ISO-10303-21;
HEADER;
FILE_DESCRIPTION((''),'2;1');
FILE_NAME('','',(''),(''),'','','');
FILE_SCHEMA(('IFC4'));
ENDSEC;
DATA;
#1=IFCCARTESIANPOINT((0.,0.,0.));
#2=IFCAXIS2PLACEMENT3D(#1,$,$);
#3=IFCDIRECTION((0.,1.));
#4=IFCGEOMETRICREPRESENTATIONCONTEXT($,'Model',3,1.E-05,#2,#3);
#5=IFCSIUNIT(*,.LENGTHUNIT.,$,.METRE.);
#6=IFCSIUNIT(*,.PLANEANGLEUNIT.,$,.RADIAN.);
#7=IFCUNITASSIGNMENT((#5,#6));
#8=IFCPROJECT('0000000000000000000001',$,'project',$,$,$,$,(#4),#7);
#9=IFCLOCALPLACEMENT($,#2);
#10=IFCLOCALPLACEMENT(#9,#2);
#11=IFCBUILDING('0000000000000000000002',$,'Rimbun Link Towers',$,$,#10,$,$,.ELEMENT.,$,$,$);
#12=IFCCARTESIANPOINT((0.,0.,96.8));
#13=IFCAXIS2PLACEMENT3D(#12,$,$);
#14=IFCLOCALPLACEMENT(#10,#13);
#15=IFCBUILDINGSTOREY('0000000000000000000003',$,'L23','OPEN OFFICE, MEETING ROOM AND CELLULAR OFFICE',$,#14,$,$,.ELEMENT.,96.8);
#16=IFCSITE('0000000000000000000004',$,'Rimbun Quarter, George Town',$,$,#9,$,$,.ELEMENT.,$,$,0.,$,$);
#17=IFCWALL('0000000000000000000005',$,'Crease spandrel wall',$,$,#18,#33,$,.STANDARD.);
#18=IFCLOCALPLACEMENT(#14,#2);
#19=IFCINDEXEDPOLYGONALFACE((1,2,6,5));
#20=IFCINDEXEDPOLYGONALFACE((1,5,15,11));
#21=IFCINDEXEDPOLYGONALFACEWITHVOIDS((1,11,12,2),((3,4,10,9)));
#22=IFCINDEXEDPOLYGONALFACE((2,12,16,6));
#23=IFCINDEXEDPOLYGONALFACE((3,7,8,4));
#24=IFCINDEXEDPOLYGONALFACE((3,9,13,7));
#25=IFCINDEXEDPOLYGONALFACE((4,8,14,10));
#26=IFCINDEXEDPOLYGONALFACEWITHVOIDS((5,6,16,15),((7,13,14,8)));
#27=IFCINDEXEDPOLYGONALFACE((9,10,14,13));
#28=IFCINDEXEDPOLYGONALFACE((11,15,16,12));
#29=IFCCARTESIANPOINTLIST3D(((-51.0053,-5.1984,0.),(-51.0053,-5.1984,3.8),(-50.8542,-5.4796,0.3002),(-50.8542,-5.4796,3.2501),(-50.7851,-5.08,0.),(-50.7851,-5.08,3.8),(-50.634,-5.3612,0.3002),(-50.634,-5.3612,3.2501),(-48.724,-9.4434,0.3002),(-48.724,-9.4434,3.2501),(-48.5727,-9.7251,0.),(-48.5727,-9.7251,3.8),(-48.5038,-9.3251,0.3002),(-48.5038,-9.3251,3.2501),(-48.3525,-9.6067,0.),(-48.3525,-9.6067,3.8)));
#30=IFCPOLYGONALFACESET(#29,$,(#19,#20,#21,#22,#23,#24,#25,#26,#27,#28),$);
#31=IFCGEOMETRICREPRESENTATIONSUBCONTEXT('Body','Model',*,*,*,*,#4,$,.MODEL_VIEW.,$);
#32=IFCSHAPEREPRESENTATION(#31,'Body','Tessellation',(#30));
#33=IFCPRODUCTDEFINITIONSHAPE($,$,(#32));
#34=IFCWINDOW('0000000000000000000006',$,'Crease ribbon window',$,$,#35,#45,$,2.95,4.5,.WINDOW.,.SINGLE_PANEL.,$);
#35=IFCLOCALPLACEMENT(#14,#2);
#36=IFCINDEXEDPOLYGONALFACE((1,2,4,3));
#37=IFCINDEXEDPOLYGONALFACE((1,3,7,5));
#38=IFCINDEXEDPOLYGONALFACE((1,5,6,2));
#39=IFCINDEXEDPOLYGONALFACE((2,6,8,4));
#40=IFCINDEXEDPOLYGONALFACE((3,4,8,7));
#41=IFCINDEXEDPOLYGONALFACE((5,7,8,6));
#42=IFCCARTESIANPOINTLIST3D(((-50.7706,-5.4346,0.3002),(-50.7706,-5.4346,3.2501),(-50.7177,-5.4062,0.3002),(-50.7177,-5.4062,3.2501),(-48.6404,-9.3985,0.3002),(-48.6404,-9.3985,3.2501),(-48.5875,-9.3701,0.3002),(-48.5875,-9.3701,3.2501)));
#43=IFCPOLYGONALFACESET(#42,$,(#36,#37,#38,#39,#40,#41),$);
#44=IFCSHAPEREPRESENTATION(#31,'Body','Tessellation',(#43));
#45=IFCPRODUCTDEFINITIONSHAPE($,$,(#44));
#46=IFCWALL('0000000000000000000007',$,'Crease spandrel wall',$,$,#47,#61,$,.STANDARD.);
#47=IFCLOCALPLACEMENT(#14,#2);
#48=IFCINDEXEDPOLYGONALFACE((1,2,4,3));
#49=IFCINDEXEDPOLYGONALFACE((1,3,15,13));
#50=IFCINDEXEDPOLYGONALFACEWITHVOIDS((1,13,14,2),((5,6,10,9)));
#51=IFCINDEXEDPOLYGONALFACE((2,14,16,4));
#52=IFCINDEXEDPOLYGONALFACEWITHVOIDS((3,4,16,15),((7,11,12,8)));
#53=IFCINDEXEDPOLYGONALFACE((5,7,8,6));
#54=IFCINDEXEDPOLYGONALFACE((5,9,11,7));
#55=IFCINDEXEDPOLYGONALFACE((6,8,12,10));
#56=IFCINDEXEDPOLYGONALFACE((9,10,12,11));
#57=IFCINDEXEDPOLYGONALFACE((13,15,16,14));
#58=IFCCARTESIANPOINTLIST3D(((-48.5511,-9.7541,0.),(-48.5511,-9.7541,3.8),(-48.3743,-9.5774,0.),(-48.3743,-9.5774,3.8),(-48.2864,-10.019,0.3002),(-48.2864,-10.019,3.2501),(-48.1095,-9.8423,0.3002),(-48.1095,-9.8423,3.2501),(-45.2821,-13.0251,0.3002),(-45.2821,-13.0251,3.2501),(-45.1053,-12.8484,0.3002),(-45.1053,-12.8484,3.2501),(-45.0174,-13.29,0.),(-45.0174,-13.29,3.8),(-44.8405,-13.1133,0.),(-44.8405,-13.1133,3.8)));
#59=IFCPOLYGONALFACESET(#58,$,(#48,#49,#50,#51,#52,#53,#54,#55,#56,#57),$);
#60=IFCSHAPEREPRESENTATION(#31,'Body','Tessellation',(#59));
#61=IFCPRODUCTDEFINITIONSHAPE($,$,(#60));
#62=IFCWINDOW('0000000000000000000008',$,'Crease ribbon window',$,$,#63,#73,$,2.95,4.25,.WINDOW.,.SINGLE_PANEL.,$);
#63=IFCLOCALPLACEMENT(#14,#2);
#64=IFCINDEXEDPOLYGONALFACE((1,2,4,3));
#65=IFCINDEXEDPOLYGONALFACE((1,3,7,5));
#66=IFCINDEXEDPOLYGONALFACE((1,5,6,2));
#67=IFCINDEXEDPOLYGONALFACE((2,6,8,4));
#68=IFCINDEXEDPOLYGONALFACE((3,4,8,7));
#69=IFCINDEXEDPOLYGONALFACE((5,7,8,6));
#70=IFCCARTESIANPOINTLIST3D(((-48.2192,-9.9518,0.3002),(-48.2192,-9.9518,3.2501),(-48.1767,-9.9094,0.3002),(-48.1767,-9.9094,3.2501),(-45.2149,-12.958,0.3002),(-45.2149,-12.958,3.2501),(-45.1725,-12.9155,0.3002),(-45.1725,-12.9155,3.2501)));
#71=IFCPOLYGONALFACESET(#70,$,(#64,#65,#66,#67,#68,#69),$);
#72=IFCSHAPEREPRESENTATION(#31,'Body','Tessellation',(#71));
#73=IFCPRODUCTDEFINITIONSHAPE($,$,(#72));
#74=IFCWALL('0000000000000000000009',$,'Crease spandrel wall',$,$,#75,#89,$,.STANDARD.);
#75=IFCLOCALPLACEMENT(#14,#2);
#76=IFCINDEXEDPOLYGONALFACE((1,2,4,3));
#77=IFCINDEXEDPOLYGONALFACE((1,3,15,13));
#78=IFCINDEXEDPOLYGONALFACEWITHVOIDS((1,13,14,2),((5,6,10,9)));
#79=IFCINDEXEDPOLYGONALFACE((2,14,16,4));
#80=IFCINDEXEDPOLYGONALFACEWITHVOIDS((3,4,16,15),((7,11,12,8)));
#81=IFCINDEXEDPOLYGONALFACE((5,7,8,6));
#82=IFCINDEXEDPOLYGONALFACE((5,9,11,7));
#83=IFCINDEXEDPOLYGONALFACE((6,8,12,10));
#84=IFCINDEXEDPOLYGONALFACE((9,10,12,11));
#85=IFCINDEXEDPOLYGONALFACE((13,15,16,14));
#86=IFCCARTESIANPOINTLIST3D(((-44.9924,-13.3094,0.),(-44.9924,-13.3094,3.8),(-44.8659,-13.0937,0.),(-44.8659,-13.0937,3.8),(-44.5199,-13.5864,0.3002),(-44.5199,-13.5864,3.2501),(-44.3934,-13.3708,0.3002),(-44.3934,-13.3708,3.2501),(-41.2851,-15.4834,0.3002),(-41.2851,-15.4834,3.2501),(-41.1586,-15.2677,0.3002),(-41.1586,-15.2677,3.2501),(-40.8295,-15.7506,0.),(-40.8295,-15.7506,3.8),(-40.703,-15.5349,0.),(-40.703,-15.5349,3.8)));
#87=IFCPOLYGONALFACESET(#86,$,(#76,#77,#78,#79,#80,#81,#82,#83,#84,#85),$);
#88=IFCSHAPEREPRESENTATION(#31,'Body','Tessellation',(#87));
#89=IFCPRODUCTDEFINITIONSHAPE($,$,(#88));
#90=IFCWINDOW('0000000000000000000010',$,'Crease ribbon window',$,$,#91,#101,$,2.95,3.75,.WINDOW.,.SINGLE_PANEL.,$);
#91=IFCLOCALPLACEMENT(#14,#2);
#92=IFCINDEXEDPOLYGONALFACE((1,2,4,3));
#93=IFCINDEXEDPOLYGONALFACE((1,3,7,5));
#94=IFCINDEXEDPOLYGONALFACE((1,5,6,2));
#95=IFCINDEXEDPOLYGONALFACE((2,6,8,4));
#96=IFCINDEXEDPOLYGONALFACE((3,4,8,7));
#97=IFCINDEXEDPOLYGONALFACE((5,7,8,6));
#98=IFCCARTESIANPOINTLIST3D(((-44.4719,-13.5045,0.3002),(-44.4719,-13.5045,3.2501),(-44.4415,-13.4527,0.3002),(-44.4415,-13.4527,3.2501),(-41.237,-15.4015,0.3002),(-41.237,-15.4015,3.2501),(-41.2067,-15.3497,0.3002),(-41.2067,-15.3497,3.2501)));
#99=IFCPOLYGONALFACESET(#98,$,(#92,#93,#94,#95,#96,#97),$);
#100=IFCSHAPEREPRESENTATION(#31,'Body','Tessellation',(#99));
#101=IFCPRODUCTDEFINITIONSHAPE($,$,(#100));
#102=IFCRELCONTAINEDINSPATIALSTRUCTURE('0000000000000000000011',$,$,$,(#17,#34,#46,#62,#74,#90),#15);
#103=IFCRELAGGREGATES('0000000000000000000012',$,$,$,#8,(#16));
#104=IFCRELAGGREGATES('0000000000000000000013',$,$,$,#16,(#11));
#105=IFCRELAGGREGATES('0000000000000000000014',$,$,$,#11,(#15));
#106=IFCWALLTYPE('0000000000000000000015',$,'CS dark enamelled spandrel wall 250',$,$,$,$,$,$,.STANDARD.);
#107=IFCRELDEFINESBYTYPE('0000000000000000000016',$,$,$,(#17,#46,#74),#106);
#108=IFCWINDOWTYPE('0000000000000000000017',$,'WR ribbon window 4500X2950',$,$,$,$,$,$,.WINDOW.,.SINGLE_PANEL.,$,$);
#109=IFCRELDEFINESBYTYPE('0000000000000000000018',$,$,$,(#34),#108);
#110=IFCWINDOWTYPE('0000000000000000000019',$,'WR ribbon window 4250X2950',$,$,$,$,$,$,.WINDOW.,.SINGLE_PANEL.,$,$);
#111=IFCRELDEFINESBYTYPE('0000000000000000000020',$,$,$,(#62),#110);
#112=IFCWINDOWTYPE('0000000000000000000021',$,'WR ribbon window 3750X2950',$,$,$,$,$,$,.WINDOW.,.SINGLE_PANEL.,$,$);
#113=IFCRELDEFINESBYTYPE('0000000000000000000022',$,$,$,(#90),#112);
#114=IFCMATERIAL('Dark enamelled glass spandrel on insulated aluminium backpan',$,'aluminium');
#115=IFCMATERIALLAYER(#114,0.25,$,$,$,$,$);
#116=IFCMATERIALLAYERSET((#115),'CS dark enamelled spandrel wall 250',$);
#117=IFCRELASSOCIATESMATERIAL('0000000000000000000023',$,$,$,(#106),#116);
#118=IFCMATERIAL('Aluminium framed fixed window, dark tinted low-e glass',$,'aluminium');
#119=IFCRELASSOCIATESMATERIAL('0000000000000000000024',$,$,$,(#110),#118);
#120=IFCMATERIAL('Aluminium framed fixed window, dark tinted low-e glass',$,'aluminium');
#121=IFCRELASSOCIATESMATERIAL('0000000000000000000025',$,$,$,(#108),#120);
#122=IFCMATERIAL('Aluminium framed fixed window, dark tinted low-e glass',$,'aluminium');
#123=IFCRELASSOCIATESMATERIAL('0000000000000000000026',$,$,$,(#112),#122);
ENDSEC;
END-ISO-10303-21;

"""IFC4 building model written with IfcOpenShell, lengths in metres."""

from ifc_helpers import new_model, si_unit, direction, frame, frame_2d, origin, place, context, subcontext, project, spatial, rectangle, extrude, material, layer, layer_set, type_object, element, fill, save


model = new_model("IFC4")

# Units and contexts
model_context = context("Model", 3, precision=1e-05, world=origin(), true_north=direction((0.0, 1.0)))
body_context = subcontext(model_context, "Body", "Model", "MODEL_VIEW")
ifc_project = project(units=[si_unit("LENGTHUNIT", "METRE"), si_unit("PLANEANGLEUNIT", "RADIAN")], contexts=[model_context])

# Site, building, storey
site_placement = place(None, origin())
site = spatial("IfcSite", under=ifc_project, at=site_placement, Name="Rimbun Quarter, George Town", CompositionType="ELEMENT", RefElevation=0.0)
building_placement = place(site_placement, origin())
building = spatial("IfcBuilding", under=site, at=building_placement, Name="Rimbun Link Towers", CompositionType="ELEMENT")
storey_placement = place(building_placement, frame((0.0, 0.0, 96.8)))
storey = spatial("IfcBuildingStorey", under=building, at=storey_placement, Name="L23", Description="OPEN OFFICE, MEETING ROOM AND CELLULAR OFFICE", CompositionType="ELEMENT", Elevation=96.8)

# Walls, openings, windows
ifc_material_1 = material(Name="Dark enamelled glass spandrel on insulated aluminium backpan", Category="aluminium")
ifc_layer_1 = layer(ifc_material_1, 0.25)
ifc_layer_set_1 = layer_set([ifc_layer_1], Name="CS dark enamelled spandrel wall 250")
wall_type_1 = type_object("IfcWallType", Name="CS dark enamelled spandrel wall 250", PredefinedType="STANDARD", material=ifc_layer_set_1)
ifc_material_2 = material(Name="Aluminium framed fixed window, dark tinted low-e glass", Category="aluminium")
window_type_1 = type_object("IfcWindowType", Name="WR ribbon window 4250X2950", PartitioningType="SINGLE_PANEL", PredefinedType="WINDOW", material=ifc_material_2)
wall_1_placement = place(storey_placement, frame((-48.4626, -9.6658, 0.0), z_axis=(0.0, 0.0, 1.0), x_axis=(-0.473377, 0.88086, 0.0)))
wall_1 = element("IfcWall", 1, at=wall_1_placement, inside=storey, type_object=wall_type_1, Name="Crease spandrel wall", PredefinedType="STANDARD", context=body_context, shape_type="SweptSolid", body=[
    extrude(rectangle(XDim=5.1389, YDim=0.25, at=frame_2d((2.5693, 0.0))), origin(), (0.0, 0.0, 1.0), 3.8),
])
opening_1_placement = place(wall_1_placement, frame((0.3196, 0.0, 0.3)))
opening_1 = element("IfcOpeningElement", 2, at=opening_1_placement, cuts=wall_1, PredefinedType="OPENING", context=body_context, shape_type="SweptSolid", body=[
    extrude(rectangle(XDim=4.5, YDim=2.95, at=frame_2d((2.25, 1.4751))), frame((0.0, 0.135, 0.0), z_axis=(0.0, -1.0, 0.0), x_axis=(1.0, 0.0, 0.0)), (0.0, 0.0, 1.0), 0.27),
])
ifc_material_3 = material(Name="Aluminium framed fixed window, dark tinted low-e glass", Category="aluminium")
window_type_2 = type_object("IfcWindowType", Name="WR ribbon window 4500X2950", PartitioningType="SINGLE_PANEL", PredefinedType="WINDOW", material=ifc_material_3)
window_1_placement = place(opening_1_placement, origin())
window_1 = element("IfcWindow", 3, at=window_1_placement, inside=storey, type_object=window_type_2, Name="Crease ribbon window", OverallHeight=2.95, OverallWidth=4.5, PartitioningType="SINGLE_PANEL", PredefinedType="WINDOW", context=body_context, shape_type="SweptSolid", body=[
    extrude(rectangle(XDim=4.5, YDim=2.95, at=frame_2d((2.25, 1.4751))), frame((0.0, 0.03, 0.0), z_axis=(0.0, -1.0, 0.0), x_axis=(1.0, 0.0, 0.0)), (0.0, 0.0, 1.0), 0.0601),
])
fill(opening_1, window_1)
wall_2_placement = place(storey_placement, frame((-44.929, -13.2017, 0.0), z_axis=(0.0, 0.0, 1.0), x_axis=(-0.706887, 0.707327, 0.0)))
wall_2 = element("IfcWall", 4, at=wall_2_placement, inside=storey, type_object=wall_type_1, Name="Crease spandrel wall", PredefinedType="STANDARD", context=body_context, shape_type="SweptSolid", body=[
    extrude(rectangle(XDim=4.999, YDim=0.25, at=frame_2d((2.4995, 0.0))), origin(), (0.0, 0.0, 1.0), 3.8),
])
opening_2_placement = place(wall_2_placement, frame((0.3745, 0.0, 0.3)))
opening_2 = element("IfcOpeningElement", 5, at=opening_2_placement, cuts=wall_2, PredefinedType="OPENING", context=body_context, shape_type="SweptSolid", body=[
    extrude(rectangle(XDim=4.25, YDim=2.95, at=frame_2d((2.125, 1.4751))), frame((0.0, 0.135, 0.0), z_axis=(0.0, -1.0, 0.0), x_axis=(1.0, 0.0, 0.0)), (0.0, 0.0, 1.0), 0.27),
])
window_2_placement = place(opening_2_placement, origin())
window_2 = element("IfcWindow", 6, at=window_2_placement, inside=storey, type_object=window_type_1, Name="Crease ribbon window", OverallHeight=2.95, OverallWidth=4.25, PartitioningType="SINGLE_PANEL", PredefinedType="WINDOW", context=body_context, shape_type="SweptSolid", body=[
    extrude(rectangle(XDim=4.25, YDim=2.95, at=frame_2d((2.125, 1.4751))), frame((0.0, 0.03, 0.0), z_axis=(0.0, -1.0, 0.0), x_axis=(1.0, 0.0, 0.0)), (0.0, 0.0, 1.0), 0.0601),
])
fill(opening_2, window_2)
wall_3_placement = place(storey_placement, frame((-40.7661, -15.6428, 0.0), z_axis=(0.0, 0.0, 1.0), x_axis=(-0.862619, 0.505855, 0.0)))
wall_3 = element("IfcWall", 7, at=wall_3_placement, inside=storey, type_object=wall_type_1, Name="Crease spandrel wall", PredefinedType="STANDARD", context=body_context, shape_type="SweptSolid", body=[
    extrude(rectangle(XDim=4.8259, YDim=0.25, at=frame_2d((2.4131, 0.0))), origin(), (0.0, 0.0, 1.0), 3.8),
])
opening_3_placement = place(wall_3_placement, frame((0.5283, 0.0, 0.3)))
opening_3 = element("IfcOpeningElement", 8, at=opening_3_placement, cuts=wall_3, PredefinedType="OPENING", context=body_context, shape_type="SweptSolid", body=[
    extrude(rectangle(XDim=3.75, YDim=2.95, at=frame_2d((1.875, 1.4751))), frame((0.0, 0.135, 0.0), z_axis=(0.0, -1.0, 0.0), x_axis=(1.0, 0.0, 0.0)), (0.0, 0.0, 1.0), 0.27),
])
ifc_material_4 = material(Name="Aluminium framed fixed window, dark tinted low-e glass", Category="aluminium")
window_type_3 = type_object("IfcWindowType", Name="WR ribbon window 3750X2950", PartitioningType="SINGLE_PANEL", PredefinedType="WINDOW", material=ifc_material_4)
window_3_placement = place(opening_3_placement, origin())
window_3 = element("IfcWindow", 9, at=window_3_placement, inside=storey, type_object=window_type_3, Name="Crease ribbon window", OverallHeight=2.95, OverallWidth=3.75, PartitioningType="SINGLE_PANEL", PredefinedType="WINDOW", context=body_context, shape_type="SweptSolid", body=[
    extrude(rectangle(XDim=3.75, YDim=2.95, at=frame_2d((1.875, 1.4751))), frame((0.0, 0.03, 0.0), z_axis=(0.0, -1.0, 0.0), x_axis=(1.0, 0.0, 0.0)), (0.0, 0.0, 1.0), 0.0601),
])
fill(opening_3, window_3)

save(model, "model.ifc")
